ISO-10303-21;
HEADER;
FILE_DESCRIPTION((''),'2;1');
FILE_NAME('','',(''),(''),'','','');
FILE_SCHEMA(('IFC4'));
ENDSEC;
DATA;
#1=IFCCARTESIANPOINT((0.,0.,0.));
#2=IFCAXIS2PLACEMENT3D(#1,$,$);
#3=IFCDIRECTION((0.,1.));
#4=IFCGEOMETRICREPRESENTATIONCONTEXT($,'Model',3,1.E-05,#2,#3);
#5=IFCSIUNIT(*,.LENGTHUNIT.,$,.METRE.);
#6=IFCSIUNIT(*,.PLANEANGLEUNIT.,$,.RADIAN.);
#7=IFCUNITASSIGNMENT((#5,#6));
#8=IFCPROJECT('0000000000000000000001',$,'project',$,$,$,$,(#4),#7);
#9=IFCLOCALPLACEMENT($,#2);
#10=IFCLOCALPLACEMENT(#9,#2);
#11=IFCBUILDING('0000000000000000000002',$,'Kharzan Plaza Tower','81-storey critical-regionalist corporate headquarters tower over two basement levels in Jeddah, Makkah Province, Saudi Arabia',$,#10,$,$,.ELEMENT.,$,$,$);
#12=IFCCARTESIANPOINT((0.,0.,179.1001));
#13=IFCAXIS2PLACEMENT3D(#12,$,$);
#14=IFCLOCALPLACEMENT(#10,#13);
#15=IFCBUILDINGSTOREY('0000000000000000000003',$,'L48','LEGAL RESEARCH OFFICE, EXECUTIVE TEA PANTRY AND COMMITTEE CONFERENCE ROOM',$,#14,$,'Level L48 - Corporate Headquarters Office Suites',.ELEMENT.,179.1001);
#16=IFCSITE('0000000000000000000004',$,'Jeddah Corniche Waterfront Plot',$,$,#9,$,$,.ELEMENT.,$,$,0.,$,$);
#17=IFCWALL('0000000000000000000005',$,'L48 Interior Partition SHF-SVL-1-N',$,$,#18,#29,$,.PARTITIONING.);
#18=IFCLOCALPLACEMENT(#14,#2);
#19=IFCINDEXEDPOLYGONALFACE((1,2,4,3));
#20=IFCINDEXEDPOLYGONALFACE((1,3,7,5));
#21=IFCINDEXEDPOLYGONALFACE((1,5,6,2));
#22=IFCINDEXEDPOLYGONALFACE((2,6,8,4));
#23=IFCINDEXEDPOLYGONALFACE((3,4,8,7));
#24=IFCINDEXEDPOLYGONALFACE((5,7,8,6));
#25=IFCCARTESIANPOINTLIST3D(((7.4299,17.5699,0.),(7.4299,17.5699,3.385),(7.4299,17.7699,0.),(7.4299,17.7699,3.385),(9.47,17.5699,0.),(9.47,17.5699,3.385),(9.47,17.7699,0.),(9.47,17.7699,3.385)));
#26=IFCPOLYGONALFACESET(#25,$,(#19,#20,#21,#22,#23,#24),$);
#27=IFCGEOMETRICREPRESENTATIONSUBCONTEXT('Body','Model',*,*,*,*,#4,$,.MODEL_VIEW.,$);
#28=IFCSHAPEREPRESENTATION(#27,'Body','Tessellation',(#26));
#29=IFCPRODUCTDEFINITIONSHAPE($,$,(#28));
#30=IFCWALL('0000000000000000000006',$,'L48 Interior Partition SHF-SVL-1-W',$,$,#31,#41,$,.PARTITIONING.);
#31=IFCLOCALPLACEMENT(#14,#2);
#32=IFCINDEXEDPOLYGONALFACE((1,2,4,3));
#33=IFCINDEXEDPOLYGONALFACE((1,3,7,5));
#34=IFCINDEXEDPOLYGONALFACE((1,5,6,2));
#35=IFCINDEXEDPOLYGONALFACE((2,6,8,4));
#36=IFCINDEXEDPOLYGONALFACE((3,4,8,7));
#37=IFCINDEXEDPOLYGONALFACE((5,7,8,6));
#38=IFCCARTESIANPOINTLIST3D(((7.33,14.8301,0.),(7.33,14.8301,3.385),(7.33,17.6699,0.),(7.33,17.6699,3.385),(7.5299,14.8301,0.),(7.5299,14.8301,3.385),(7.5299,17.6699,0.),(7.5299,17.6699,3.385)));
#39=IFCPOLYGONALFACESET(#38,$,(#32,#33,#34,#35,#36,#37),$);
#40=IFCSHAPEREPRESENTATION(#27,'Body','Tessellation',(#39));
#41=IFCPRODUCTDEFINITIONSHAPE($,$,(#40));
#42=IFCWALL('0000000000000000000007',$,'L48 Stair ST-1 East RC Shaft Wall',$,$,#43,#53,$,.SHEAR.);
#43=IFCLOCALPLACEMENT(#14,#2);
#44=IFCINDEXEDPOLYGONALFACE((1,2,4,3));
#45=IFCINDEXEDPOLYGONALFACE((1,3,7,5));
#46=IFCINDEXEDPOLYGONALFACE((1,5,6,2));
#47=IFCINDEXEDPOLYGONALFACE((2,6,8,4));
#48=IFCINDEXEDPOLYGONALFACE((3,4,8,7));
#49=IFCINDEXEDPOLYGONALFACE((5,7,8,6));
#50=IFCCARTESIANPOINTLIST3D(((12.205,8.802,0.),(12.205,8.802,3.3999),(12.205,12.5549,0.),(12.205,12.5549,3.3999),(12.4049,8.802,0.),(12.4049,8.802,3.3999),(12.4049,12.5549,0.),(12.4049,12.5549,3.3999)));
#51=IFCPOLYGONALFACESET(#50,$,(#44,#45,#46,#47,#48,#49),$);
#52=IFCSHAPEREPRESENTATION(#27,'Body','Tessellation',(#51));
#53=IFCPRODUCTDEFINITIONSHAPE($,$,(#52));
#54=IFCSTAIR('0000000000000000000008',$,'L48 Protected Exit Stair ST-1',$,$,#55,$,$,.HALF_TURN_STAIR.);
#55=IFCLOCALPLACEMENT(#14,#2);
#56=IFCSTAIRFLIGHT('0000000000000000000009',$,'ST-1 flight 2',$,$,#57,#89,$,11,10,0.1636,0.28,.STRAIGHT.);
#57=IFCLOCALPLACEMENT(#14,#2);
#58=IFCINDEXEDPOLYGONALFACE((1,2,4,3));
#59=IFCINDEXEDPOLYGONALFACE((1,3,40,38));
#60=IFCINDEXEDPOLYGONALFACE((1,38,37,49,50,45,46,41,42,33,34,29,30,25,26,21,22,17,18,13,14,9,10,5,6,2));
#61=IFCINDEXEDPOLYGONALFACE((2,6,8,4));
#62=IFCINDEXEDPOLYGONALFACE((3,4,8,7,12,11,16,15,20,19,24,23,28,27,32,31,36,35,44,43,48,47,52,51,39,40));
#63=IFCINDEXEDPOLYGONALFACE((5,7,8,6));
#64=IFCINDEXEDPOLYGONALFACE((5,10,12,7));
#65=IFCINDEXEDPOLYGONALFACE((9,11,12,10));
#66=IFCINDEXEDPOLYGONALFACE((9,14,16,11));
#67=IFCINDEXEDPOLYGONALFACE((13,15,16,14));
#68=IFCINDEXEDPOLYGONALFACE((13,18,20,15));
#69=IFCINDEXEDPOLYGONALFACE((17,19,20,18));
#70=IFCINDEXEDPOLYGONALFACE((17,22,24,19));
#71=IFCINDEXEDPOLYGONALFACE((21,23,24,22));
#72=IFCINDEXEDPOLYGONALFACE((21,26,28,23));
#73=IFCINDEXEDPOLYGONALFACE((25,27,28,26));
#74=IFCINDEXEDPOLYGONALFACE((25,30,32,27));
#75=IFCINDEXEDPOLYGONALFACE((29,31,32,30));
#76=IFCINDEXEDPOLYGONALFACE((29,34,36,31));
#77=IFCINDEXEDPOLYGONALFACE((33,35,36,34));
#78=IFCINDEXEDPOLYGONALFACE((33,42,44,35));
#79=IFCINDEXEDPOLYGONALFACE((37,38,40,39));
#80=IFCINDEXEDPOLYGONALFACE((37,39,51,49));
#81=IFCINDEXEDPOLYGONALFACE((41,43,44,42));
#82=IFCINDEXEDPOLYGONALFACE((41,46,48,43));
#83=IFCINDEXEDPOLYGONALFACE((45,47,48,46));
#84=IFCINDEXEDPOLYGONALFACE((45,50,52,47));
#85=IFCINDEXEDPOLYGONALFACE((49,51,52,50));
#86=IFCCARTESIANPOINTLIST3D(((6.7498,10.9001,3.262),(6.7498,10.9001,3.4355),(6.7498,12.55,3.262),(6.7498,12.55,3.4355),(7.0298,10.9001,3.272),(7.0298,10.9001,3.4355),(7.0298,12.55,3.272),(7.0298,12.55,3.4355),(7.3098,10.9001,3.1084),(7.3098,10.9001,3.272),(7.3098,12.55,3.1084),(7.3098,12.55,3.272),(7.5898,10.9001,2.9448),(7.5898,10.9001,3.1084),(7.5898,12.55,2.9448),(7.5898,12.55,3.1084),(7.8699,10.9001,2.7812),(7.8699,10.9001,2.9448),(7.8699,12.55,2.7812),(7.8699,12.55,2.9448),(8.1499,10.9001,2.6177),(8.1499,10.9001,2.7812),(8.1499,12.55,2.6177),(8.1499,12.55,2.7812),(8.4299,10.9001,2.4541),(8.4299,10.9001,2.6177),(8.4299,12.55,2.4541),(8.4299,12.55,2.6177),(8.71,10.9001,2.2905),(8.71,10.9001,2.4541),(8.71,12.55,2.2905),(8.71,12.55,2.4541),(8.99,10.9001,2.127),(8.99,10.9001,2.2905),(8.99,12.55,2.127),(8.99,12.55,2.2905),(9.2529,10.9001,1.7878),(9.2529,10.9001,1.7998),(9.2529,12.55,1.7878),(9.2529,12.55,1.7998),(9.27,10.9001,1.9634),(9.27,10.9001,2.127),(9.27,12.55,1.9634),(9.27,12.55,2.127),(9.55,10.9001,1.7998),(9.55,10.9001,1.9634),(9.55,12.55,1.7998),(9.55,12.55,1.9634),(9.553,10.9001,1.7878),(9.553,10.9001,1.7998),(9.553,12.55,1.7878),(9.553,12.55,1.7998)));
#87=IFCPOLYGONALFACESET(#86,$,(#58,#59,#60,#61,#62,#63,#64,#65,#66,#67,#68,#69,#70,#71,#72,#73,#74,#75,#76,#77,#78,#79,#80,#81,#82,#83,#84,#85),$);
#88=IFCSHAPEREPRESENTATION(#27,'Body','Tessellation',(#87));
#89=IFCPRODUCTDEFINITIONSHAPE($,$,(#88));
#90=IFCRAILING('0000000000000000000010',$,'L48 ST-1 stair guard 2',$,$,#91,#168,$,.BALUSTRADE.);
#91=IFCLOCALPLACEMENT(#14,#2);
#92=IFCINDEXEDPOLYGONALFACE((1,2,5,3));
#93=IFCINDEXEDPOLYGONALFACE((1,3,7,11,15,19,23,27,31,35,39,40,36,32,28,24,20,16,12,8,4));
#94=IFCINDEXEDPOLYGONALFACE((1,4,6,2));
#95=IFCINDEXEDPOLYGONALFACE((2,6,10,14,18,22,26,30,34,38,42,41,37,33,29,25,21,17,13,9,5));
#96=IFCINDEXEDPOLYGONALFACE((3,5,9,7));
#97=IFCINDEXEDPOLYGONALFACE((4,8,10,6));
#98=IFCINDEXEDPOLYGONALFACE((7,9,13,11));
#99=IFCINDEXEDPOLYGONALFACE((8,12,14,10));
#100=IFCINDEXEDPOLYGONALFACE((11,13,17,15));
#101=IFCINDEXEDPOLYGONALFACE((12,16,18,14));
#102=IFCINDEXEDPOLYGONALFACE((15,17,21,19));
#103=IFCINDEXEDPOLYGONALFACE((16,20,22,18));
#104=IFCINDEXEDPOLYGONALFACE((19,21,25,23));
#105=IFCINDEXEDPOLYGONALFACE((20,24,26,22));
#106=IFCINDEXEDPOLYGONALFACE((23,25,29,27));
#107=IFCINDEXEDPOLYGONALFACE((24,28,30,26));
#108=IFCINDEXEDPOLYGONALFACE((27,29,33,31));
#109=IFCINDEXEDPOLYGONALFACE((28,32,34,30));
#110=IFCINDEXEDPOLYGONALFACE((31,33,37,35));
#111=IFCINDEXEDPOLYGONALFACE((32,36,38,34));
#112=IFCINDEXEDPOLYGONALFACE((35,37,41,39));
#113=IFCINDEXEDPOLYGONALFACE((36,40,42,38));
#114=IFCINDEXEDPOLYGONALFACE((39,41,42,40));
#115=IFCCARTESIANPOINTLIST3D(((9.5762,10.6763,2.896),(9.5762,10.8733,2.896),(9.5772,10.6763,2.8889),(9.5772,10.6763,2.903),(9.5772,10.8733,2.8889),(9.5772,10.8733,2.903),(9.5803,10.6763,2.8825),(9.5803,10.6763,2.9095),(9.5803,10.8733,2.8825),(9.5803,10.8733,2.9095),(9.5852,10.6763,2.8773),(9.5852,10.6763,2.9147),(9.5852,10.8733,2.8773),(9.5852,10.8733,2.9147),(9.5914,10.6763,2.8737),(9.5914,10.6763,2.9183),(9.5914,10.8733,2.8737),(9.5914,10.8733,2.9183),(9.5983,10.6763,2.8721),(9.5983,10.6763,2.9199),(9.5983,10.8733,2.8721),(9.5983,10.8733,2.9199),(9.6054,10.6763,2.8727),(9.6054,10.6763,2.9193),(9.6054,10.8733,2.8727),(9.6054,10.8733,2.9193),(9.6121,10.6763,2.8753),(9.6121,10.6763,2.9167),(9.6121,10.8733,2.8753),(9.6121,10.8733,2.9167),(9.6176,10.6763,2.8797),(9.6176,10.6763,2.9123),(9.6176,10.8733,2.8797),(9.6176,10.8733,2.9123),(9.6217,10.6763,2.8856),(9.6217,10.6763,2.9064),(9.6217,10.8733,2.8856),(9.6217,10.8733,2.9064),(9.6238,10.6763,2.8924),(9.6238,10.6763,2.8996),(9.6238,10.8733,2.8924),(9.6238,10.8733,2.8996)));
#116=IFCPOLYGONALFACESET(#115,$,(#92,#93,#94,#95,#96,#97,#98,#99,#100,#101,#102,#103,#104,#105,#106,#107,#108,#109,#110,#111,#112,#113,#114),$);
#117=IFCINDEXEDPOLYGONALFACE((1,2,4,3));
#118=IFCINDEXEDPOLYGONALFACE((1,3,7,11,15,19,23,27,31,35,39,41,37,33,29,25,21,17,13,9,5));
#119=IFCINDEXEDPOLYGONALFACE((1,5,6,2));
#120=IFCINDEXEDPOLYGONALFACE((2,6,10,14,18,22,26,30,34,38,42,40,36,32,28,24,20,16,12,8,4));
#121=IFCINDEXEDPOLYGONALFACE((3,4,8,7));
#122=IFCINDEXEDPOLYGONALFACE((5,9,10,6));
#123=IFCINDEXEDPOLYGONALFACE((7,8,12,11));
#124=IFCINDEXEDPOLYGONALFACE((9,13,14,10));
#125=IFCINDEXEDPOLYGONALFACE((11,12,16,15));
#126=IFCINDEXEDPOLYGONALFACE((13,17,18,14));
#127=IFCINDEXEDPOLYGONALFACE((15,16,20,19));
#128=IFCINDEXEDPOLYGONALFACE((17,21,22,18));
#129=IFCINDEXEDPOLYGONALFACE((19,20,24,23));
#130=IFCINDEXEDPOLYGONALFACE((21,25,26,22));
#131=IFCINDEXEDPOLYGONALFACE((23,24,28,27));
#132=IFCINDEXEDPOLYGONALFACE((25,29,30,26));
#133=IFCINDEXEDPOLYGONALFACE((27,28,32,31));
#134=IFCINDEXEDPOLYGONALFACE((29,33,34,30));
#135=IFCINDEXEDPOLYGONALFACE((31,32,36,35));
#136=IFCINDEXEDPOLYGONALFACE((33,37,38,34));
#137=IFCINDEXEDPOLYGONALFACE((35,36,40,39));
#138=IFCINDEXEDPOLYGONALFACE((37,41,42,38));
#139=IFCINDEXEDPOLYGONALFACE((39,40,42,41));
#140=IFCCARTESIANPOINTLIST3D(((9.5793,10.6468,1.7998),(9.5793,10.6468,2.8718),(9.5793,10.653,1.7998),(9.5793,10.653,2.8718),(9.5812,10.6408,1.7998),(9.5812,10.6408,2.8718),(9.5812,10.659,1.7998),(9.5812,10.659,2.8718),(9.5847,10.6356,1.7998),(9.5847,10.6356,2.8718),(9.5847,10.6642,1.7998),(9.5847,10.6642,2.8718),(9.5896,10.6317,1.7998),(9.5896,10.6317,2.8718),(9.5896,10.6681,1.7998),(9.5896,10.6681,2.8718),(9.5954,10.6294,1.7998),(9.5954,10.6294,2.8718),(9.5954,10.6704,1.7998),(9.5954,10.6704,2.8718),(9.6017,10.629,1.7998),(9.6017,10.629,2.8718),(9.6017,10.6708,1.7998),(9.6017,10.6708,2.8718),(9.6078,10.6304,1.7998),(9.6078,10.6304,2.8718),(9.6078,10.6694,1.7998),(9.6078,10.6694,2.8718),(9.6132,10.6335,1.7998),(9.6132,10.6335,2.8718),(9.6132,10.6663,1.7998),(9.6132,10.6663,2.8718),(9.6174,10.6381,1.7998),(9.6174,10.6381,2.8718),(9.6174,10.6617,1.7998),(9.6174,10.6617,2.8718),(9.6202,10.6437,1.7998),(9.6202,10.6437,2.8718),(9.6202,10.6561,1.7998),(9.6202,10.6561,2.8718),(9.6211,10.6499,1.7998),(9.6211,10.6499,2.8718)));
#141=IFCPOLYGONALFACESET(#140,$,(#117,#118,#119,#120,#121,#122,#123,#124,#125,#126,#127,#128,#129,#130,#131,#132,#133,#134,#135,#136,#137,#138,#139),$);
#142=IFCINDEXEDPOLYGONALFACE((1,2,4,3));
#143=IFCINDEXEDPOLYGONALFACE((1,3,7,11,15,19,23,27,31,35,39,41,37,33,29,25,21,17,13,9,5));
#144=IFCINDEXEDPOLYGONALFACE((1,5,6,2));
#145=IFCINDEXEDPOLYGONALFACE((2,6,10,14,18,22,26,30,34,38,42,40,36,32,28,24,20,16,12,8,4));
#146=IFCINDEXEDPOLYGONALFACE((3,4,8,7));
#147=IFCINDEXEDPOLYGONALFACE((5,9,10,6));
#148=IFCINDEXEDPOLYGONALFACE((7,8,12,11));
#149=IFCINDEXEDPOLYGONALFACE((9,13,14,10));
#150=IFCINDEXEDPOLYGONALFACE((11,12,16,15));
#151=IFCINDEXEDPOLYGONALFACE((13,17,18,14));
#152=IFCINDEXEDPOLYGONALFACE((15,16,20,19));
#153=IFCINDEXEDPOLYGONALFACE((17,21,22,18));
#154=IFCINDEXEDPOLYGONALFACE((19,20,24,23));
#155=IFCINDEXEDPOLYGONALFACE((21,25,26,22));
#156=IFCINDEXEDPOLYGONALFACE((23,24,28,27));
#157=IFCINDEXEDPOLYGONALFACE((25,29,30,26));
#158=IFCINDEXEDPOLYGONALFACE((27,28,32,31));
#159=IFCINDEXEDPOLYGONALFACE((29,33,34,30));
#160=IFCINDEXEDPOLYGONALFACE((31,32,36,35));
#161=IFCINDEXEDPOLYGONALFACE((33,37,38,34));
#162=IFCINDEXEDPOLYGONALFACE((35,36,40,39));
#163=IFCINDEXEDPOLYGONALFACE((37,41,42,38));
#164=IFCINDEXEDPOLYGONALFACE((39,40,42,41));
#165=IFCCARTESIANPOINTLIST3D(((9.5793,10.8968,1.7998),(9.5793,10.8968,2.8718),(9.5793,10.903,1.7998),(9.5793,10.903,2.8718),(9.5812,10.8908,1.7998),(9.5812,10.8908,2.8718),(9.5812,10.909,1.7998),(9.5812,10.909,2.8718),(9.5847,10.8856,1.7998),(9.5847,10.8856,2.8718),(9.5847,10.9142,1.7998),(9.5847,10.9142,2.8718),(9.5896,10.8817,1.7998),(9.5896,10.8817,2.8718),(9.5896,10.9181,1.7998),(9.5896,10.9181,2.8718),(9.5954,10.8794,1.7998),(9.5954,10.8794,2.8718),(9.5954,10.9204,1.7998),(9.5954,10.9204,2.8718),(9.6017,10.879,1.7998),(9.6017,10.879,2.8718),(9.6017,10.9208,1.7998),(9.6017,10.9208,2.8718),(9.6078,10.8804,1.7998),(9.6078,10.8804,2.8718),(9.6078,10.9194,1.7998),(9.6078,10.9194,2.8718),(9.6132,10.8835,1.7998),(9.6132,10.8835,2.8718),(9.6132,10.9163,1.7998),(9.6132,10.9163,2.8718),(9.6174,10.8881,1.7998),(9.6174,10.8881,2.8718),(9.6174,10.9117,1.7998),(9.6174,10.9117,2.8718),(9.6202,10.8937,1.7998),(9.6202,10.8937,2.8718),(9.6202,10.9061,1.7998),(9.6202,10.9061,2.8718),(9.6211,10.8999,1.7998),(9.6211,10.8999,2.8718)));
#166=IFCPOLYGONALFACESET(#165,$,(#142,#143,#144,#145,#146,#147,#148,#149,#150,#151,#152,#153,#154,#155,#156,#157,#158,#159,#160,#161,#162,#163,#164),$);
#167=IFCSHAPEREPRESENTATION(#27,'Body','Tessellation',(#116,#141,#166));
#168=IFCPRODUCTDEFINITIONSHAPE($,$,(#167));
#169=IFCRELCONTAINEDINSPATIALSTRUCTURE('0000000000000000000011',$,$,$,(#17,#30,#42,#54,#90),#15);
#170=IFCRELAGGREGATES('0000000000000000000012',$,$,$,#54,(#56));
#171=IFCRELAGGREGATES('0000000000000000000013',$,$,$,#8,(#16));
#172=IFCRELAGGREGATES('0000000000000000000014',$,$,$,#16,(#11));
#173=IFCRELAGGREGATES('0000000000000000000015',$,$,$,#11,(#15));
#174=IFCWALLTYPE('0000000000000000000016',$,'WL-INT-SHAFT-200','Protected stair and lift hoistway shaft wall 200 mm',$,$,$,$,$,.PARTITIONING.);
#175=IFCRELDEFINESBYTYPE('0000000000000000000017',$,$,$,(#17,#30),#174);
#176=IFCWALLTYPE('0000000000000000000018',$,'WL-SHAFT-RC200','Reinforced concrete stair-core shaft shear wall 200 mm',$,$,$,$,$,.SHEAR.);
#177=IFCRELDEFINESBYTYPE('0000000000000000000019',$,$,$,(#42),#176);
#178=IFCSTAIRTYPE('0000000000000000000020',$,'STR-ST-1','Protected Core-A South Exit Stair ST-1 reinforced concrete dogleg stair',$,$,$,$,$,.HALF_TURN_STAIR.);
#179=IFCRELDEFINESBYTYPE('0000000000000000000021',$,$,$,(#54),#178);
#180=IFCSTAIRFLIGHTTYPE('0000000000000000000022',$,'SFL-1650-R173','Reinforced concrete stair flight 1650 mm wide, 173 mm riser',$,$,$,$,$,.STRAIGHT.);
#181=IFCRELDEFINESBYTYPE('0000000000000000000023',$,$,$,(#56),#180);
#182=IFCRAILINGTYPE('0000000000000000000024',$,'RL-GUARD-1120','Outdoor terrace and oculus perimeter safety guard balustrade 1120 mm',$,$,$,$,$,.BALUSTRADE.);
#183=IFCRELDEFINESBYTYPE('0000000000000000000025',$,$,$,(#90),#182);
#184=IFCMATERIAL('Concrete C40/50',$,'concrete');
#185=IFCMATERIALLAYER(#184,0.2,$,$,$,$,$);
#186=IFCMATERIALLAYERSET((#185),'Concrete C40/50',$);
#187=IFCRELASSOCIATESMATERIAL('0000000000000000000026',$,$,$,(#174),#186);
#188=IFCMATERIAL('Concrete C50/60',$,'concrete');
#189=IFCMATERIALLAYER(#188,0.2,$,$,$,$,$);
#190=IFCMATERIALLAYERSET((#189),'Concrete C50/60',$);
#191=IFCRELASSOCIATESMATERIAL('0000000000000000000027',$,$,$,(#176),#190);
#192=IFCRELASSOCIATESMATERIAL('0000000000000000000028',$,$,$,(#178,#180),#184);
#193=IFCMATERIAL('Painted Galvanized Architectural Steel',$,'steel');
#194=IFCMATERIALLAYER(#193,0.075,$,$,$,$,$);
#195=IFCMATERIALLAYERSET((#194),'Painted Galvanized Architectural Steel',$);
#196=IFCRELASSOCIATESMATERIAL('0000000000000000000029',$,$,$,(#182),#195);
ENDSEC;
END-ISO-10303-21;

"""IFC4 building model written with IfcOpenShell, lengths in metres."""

from ifc_helpers import new_model, si_unit, direction, frame, frame_2d, origin, origin_2d, place, context, subcontext, project, spatial, polyline, rectangle, circle, outline, extrude, source, transform, mapped, material, layer, layer_set, type_object, element, aggregate, save


model = new_model("IFC4")

# Units and contexts
model_context = context("Model", 3, precision=1e-05, world=origin(), true_north=direction((0.0, 1.0)))
body_context = subcontext(model_context, "Body", "Model", "MODEL_VIEW")
ifc_project = project(units=[si_unit("LENGTHUNIT", "METRE"), si_unit("PLANEANGLEUNIT", "RADIAN")], contexts=[model_context])

# Site, building, storey
site_placement = place(None, origin())
site = spatial("IfcSite", under=ifc_project, at=site_placement, Name="Jeddah Corniche Waterfront Plot", CompositionType="ELEMENT", RefElevation=0.0)
building_placement = place(site_placement, origin())
building = spatial("IfcBuilding", under=site, at=building_placement, Name="Kharzan Plaza Tower", Description="81-storey critical-regionalist corporate headquarters tower over two basement levels in Jeddah, Makkah Province, Saudi Arabia", CompositionType="ELEMENT")
storey_placement = place(building_placement, frame((0.0, 0.0, 179.1001)))
storey = spatial("IfcBuildingStorey", under=building, at=storey_placement, Name="L48", Description="LEGAL RESEARCH OFFICE, EXECUTIVE TEA PANTRY AND COMMITTEE CONFERENCE ROOM", LongName="Level L48 - Corporate Headquarters Office Suites", CompositionType="ELEMENT", Elevation=179.1001)

# Shared definitions
ifc_material_1 = material(Name="Concrete C40/50", Category="concrete")
ifc_layer_1 = layer(ifc_material_1, 0.2)
ifc_layer_set_1 = layer_set([ifc_layer_1], Name="Concrete C40/50")
wall_type_1 = type_object("IfcWallType", Name="WL-INT-SHAFT-200", Description="Protected stair and lift hoistway shaft wall 200 mm", PredefinedType="PARTITIONING", material=ifc_layer_set_1)

# Walls
shared_shape_1 = source(origin(), body_context, "Body", "SweptSolid", [
    extrude(rectangle(XDim=2.04, YDim=0.2, at=frame_2d((1.02, 0.0))), origin(), (0.0, 0.0, 1.0), 3.385),
])
wall_1_placement = place(storey_placement, frame((7.4299, 17.6699, 0.0), z_axis=(0.0, 0.0, 1.0), x_axis=(1.0, 0.0, 0.0)))
element("IfcWall", 1, at=wall_1_placement, inside=storey, type_object=wall_type_1, Name="L48 Interior Partition SHF-SVL-1-N", PredefinedType="PARTITIONING", context=body_context, shape_type="MappedRepresentation", body=[
    mapped(shared_shape_1, transform((0.0, 0.0, 0.0), x_axis=(1.0, 0.0, 0.0), y_axis=(0.0, 1.0, 0.0), z_axis=(0.0, 0.0, 1.0))),
])
shared_shape_2 = source(origin(), body_context, "Body", "SweptSolid", [
    extrude(rectangle(XDim=2.8398, YDim=0.2, at=frame_2d((1.4199, 0.0))), origin(), (0.0, 0.0, 1.0), 3.385),
])
wall_2_placement = place(storey_placement, frame((7.4299, 14.8301, 0.0), z_axis=(0.0, 0.0, 1.0), x_axis=(0.0, 1.0, 0.0)))
element("IfcWall", 2, at=wall_2_placement, inside=storey, type_object=wall_type_1, Name="L48 Interior Partition SHF-SVL-1-W", PredefinedType="PARTITIONING", context=body_context, shape_type="MappedRepresentation", body=[
    mapped(shared_shape_2, transform((0.0, 0.0, 0.0), x_axis=(1.0, 0.0, 0.0), y_axis=(0.0, 1.0, 0.0), z_axis=(0.0, 0.0, 1.0))),
])
ifc_material_2 = material(Name="Concrete C50/60", Category="concrete")
ifc_layer_2 = layer(ifc_material_2, 0.2)
ifc_layer_set_2 = layer_set([ifc_layer_2], Name="Concrete C50/60")
wall_type_2 = type_object("IfcWallType", Name="WL-SHAFT-RC200", Description="Reinforced concrete stair-core shaft shear wall 200 mm", PredefinedType="SHEAR", material=ifc_layer_set_2)
shared_shape_3 = source(origin(), body_context, "Body", "SweptSolid", [
    extrude(rectangle(XDim=3.7529, YDim=0.2, at=frame_2d((1.8765, 0.0))), origin(), (0.0, 0.0, 1.0), 3.3999),
])
wall_3_placement = place(storey_placement, frame((12.3049, 8.802, 0.0), z_axis=(0.0, 0.0, 1.0), x_axis=(0.0, 1.0, 0.0)))
element("IfcWall", 3, at=wall_3_placement, inside=storey, type_object=wall_type_2, Name="L48 Stair ST-1 East RC Shaft Wall", PredefinedType="SHEAR", context=body_context, shape_type="MappedRepresentation", body=[
    mapped(shared_shape_3, transform((0.0, 0.0, 0.0), x_axis=(1.0, 0.0, 0.0), y_axis=(0.0, 1.0, 0.0), z_axis=(0.0, 0.0, 1.0))),
])

# Stair, stair flight
stair_type = type_object("IfcStairType", Name="STR-ST-1", Description="Protected Core-A South Exit Stair ST-1 reinforced concrete dogleg stair", PredefinedType="HALF_TURN_STAIR", material=ifc_material_1)
stair_placement = place(storey_placement, origin())
stair = element("IfcStair", 4, at=stair_placement, inside=storey, type_object=stair_type, Name="L48 Protected Exit Stair ST-1", PredefinedType="HALF_TURN_STAIR")
stair_flight_type = type_object("IfcStairFlightType", Name="SFL-1650-R173", Description="Reinforced concrete stair flight 1650 mm wide, 173 mm riser", PredefinedType="STRAIGHT", material=ifc_material_1)
shared_shape_4 = source(origin(), body_context, "Body", "SweptSolid", [
    extrude(outline(polyline([(-0.0029, -0.012), (-0.0029, 0.0), (0.0, 0.0), (0.0, 0.1636), (0.28, 0.1636), (0.28, 0.3271), (0.5601, 0.3271), (0.5601, 0.4907), (0.8401, 0.4907), (0.8401, 0.6543), (1.1201, 0.6543), (1.1201, 0.8179), (1.4001, 0.8179), (1.4001, 0.9814), (1.6802, 0.9814), (1.6802, 1.145), (1.9602, 1.145), (1.9602, 1.3086), (2.2402, 1.3086), (2.2402, 1.4722), (2.5203, 1.4722), (2.5203, 1.6357), (2.8003, 1.6357), (2.8003, 1.7993), (2.8003, 1.4622), (0.2971, 0.0), (0.2971, -0.012), (-0.0029, -0.012)])), frame((0.0, 0.825, 0.0), z_axis=(0.0, -1.0, 0.0), x_axis=(1.0, 0.0, 0.0)), (0.0, 0.0, 1.0), 1.6499),
])
stair_flight_placement = place(storey_placement, frame((9.55, 11.7251, 1.7998), z_axis=(0.0, 0.0, 1.0), x_axis=(-1.0, 0.0, 0.0)))
stair_flight = element("IfcStairFlight", 5, at=stair_flight_placement, type_object=stair_flight_type, Name="ST-1 flight 2", NumberOfRisers=11, NumberOfTreads=10, PredefinedType="STRAIGHT", RiserHeight=0.1636, TreadLength=0.28, context=body_context, shape_type="MappedRepresentation", body=[
    mapped(shared_shape_4, transform((0.0, 0.0, 0.0), x_axis=(1.0, 0.0, 0.0), y_axis=(0.0, 1.0, 0.0), z_axis=(0.0, 0.0, 1.0))),
])
aggregate(stair, [stair_flight])

# Railing
ifc_material_3 = material(Name="Painted Galvanized Architectural Steel", Category="steel")
ifc_layer_3 = layer(ifc_material_3, 0.075)
ifc_layer_set_3 = layer_set([ifc_layer_3], Name="Painted Galvanized Architectural Steel")
railing_type_1 = type_object("IfcRailingType", Name="RL-GUARD-1120", Description="Outdoor terrace and oculus perimeter safety guard balustrade 1120 mm", PredefinedType="BALUSTRADE", material=ifc_layer_set_3)
shared_shape_5 = source(origin(), body_context, "Body", "SweptSolid", [
    extrude(circle(Radius=0.0239, at=origin_2d()), frame((0.0, 0.0264, 1.0962), z_axis=(0.0, 1.0, 0.0), x_axis=(-1.0, 0.0, 0.0)), (0.0, 0.0, 1.0), 0.197),
    extrude(circle(Radius=0.021, at=origin_2d()), origin(), (0.0, 0.0, 1.0), 1.072),
    extrude(circle(Radius=0.021, at=origin_2d()), frame((0.0, 0.25, 0.0)), (0.0, 0.0, 1.0), 1.072),
])
railing_1_placement = place(storey_placement, frame((9.6001, 10.6499, 1.7998)))
element("IfcRailing", 6, at=railing_1_placement, inside=storey, type_object=railing_type_1, Name="L48 ST-1 stair guard 2", PredefinedType="BALUSTRADE", context=body_context, shape_type="MappedRepresentation", body=[
    mapped(shared_shape_5, transform((0.0, 0.0, 0.0), x_axis=(1.0, 0.0, 0.0), y_axis=(0.0, 1.0, 0.0), z_axis=(0.0, 0.0, 1.0))),
])

save(model, "model.ifc")
